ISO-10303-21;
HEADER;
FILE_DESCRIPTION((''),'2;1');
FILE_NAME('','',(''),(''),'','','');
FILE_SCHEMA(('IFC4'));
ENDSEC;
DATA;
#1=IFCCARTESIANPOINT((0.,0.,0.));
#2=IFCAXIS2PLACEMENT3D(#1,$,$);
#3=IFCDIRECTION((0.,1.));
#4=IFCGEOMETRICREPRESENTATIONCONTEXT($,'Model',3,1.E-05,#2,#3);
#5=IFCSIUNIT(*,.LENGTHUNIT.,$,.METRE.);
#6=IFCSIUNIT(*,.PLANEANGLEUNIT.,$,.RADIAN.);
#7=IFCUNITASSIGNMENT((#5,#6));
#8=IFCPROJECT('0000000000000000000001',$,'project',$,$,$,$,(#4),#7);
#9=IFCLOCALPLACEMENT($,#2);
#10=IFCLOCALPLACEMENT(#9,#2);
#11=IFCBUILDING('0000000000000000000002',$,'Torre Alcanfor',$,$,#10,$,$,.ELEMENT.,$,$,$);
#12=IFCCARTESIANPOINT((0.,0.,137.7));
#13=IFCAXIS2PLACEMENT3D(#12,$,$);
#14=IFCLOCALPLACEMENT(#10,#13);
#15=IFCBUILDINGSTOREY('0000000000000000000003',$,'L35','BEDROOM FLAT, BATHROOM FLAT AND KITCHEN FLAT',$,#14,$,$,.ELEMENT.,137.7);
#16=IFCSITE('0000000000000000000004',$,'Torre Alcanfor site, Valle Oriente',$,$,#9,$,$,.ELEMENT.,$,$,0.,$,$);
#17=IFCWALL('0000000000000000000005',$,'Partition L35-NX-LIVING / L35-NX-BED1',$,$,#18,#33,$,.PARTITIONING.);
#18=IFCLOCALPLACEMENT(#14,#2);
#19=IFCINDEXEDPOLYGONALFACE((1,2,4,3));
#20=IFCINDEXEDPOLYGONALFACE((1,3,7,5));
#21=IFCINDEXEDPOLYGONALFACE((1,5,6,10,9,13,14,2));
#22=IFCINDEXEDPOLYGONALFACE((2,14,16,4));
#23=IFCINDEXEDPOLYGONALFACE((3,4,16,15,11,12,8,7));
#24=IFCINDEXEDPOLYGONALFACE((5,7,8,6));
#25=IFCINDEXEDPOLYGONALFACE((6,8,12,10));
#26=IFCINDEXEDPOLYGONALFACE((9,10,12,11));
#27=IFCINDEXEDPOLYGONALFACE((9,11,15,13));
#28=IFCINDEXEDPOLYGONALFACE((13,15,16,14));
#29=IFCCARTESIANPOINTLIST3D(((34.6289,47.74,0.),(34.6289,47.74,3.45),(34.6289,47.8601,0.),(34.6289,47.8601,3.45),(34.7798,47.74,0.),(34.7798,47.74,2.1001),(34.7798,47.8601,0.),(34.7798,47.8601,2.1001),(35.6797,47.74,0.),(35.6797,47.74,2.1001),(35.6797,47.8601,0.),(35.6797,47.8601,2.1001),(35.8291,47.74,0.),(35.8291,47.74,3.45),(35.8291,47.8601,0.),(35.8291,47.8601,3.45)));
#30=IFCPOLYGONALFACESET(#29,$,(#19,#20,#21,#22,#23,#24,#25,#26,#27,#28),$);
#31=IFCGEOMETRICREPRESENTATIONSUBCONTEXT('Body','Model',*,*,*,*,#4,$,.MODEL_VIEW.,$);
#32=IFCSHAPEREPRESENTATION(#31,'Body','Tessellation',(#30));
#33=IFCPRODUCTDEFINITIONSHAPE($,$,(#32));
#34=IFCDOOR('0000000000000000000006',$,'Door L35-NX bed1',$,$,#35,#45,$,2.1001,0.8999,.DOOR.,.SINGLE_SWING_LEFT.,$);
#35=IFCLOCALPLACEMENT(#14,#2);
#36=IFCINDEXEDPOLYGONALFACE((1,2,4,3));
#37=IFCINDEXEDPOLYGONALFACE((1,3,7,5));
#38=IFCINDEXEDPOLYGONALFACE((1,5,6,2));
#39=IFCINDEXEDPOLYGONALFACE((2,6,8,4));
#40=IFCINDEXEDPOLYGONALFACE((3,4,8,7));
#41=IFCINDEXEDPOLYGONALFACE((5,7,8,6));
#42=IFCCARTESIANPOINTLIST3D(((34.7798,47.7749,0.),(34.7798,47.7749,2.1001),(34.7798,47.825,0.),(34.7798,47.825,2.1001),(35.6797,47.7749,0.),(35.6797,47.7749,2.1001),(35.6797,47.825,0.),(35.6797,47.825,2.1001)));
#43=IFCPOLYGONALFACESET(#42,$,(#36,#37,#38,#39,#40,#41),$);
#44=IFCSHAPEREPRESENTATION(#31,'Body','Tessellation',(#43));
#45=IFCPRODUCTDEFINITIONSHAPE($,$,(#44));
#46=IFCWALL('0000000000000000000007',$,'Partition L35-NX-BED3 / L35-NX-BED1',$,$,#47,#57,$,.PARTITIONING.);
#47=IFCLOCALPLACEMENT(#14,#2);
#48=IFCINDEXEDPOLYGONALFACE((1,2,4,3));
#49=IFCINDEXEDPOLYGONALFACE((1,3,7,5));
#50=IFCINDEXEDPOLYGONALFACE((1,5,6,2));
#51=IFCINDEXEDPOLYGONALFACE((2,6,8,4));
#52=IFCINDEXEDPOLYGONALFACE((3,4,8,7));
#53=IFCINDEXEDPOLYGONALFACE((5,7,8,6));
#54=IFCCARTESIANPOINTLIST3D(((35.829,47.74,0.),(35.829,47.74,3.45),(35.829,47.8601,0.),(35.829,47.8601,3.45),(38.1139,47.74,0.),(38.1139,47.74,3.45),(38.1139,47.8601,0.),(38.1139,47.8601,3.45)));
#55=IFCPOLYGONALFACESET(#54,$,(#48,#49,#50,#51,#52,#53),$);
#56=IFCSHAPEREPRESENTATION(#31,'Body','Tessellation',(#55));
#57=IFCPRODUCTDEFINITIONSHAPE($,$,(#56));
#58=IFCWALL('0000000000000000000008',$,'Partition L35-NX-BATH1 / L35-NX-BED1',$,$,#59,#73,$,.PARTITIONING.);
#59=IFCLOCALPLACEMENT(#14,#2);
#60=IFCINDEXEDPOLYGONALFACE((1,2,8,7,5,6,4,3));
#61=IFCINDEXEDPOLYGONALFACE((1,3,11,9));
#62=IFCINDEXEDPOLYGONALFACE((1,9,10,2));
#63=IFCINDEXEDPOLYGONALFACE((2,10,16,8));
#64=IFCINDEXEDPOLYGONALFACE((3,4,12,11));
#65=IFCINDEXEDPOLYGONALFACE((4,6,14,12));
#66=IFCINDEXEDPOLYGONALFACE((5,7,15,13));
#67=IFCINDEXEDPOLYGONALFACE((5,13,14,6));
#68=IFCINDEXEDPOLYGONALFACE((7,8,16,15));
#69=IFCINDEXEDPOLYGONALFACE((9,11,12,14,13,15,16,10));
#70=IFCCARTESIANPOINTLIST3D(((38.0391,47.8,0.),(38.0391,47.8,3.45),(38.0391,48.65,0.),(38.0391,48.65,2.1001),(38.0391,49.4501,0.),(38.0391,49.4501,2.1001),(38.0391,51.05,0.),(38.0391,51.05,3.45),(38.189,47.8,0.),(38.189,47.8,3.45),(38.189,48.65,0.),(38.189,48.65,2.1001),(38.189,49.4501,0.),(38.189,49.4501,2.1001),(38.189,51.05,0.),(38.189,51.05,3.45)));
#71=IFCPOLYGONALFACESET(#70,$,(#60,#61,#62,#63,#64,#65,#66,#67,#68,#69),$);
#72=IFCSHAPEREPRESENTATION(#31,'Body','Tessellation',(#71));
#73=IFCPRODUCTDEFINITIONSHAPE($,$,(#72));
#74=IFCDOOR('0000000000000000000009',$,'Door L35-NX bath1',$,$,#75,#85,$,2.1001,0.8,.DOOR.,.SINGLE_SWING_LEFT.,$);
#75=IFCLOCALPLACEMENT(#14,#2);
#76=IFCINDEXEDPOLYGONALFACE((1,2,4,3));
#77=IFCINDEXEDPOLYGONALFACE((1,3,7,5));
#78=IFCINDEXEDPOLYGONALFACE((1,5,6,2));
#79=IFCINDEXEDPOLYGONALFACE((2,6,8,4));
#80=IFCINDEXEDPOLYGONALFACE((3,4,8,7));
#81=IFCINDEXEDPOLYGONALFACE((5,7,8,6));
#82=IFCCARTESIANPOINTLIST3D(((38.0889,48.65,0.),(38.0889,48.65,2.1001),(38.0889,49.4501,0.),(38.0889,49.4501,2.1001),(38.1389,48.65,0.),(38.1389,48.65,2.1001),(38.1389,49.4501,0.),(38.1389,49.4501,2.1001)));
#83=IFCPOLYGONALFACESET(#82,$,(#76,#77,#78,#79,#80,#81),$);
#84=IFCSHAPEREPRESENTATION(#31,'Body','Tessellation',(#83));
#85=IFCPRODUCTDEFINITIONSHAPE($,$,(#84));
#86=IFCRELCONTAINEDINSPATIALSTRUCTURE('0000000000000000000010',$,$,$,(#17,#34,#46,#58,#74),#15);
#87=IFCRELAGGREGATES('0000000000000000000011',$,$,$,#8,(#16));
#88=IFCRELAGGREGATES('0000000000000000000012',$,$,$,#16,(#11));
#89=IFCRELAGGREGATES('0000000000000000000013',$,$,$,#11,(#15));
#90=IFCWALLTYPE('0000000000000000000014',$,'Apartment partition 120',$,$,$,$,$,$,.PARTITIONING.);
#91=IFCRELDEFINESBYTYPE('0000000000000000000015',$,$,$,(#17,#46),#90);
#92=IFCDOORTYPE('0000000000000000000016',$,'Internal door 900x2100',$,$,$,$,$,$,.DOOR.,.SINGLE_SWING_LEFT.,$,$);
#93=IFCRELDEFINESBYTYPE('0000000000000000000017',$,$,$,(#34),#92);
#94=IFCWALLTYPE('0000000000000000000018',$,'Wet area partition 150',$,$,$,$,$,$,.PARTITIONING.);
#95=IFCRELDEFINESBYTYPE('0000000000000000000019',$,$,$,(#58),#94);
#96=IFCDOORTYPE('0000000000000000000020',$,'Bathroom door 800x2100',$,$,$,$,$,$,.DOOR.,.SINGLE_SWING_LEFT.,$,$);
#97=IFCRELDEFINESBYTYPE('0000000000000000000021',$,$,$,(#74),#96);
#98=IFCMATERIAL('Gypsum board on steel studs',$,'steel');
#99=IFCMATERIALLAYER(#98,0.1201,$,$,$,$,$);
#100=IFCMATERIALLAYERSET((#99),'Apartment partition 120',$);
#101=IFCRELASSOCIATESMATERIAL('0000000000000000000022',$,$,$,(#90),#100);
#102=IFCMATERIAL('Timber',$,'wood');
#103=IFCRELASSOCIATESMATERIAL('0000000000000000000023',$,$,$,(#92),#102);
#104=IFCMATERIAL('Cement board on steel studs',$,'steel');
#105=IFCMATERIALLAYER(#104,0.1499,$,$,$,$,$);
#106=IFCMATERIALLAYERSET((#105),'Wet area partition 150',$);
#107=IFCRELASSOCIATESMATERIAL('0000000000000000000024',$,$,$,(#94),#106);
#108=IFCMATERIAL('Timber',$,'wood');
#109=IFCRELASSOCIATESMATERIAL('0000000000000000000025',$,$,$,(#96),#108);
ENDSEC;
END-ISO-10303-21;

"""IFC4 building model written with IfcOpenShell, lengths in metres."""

from ifc_helpers import new_model, si_unit, direction, frame, frame_2d, origin, place, context, subcontext, project, spatial, rectangle, extrude, material, layer, layer_set, type_object, element, fill, save


model = new_model("IFC4")

# Units and contexts
model_context = context("Model", 3, precision=1e-05, world=origin(), true_north=direction((0.0, 1.0)))
body_context = subcontext(model_context, "Body", "Model", "MODEL_VIEW")
ifc_project = project(units=[si_unit("LENGTHUNIT", "METRE"), si_unit("PLANEANGLEUNIT", "RADIAN")], contexts=[model_context])

# Site, building, storey
site_placement = place(None, origin())
site = spatial("IfcSite", under=ifc_project, at=site_placement, Name="Torre Alcanfor site, Valle Oriente", CompositionType="ELEMENT", RefElevation=0.0)
building_placement = place(site_placement, origin())
building = spatial("IfcBuilding", under=site, at=building_placement, Name="Torre Alcanfor", CompositionType="ELEMENT")
storey_placement = place(building_placement, frame((0.0, 0.0, 137.7)))
storey = spatial("IfcBuildingStorey", under=building, at=storey_placement, Name="L35", Description="BEDROOM FLAT, BATHROOM FLAT AND KITCHEN FLAT", CompositionType="ELEMENT", Elevation=137.7)

# Shared definitions
ifc_material_1 = material(Name="Gypsum board on steel studs", Category="steel")
ifc_layer_1 = layer(ifc_material_1, 0.1201)
ifc_layer_set_1 = layer_set([ifc_layer_1], Name="Apartment partition 120")
wall_type_1 = type_object("IfcWallType", Name="Apartment partition 120", PredefinedType="PARTITIONING", material=ifc_layer_set_1)
ifc_material_2 = material(Name="Timber", Category="wood")
door_type_1 = type_object("IfcDoorType", Name="Internal door 900x2100", OperationType="SINGLE_SWING_LEFT", PredefinedType="DOOR", material=ifc_material_2)

# Wall, opening, door
wall_1_placement = place(storey_placement, frame((34.6289, 47.8, 0.0), z_axis=(0.0, 0.0, 1.0), x_axis=(1.0, 0.0, 0.0)))
wall_1 = element("IfcWall", 1, at=wall_1_placement, inside=storey, type_object=wall_type_1, Name="Partition L35-NX-LIVING / L35-NX-BED1", PredefinedType="PARTITIONING", context=body_context, shape_type="SweptSolid", body=[
    extrude(rectangle(XDim=1.2002, YDim=0.1201, at=frame_2d((0.6001, 0.0))), origin(), (0.0, 0.0, 1.0), 3.45),
])
opening_1_placement = place(wall_1_placement, frame((0.1509, 0.0, 0.0)))
opening_1 = element("IfcOpeningElement", 2, at=opening_1_placement, cuts=wall_1, PredefinedType="OPENING", context=body_context, shape_type="SweptSolid", body=[
    extrude(rectangle(XDim=0.8999, YDim=2.1001, at=frame_2d((0.45, 1.05))), frame((0.0, 0.0701, 0.0), z_axis=(0.0, -1.0, 0.0), x_axis=(1.0, 0.0, 0.0)), (0.0, 0.0, 1.0), 0.1401),
])
door_1_placement = place(opening_1_placement, origin())
door_1 = element("IfcDoor", 3, at=door_1_placement, inside=storey, type_object=door_type_1, Name="Door L35-NX bed1", OperationType="SINGLE_SWING_LEFT", OverallHeight=2.1001, OverallWidth=0.8999, PredefinedType="DOOR", context=body_context, shape_type="SweptSolid", body=[
    extrude(rectangle(XDim=0.8999, YDim=2.1001, at=frame_2d((0.45, 1.05))), frame((0.0, 0.0249, 0.0), z_axis=(0.0, -1.0, 0.0), x_axis=(1.0, 0.0, 0.0)), (0.0, 0.0, 1.0), 0.05),
])
fill(opening_1, door_1)

# Wall
wall_2_placement = place(storey_placement, frame((38.114, 47.8, 0.0), z_axis=(0.0, 0.0, 1.0), x_axis=(-1.0, 0.0, 0.0)))
element("IfcWall", 4, at=wall_2_placement, inside=storey, type_object=wall_type_1, Name="Partition L35-NX-BED3 / L35-NX-BED1", PredefinedType="PARTITIONING", context=body_context, shape_type="SweptSolid", body=[
    extrude(rectangle(XDim=2.2849, YDim=0.1201, at=frame_2d((1.1426, 0.0))), origin(), (0.0, 0.0, 1.0), 3.45),
])

# Wall, opening, door
ifc_material_3 = material(Name="Cement board on steel studs", Category="steel")
ifc_layer_2 = layer(ifc_material_3, 0.1499)
ifc_layer_set_2 = layer_set([ifc_layer_2], Name="Wet area partition 150")
wall_type_2 = type_object("IfcWallType", Name="Wet area partition 150", PredefinedType="PARTITIONING", material=ifc_layer_set_2)
wall_3_placement = place(storey_placement, frame((38.114, 51.05, 0.0), z_axis=(0.0, 0.0, 1.0), x_axis=(0.0, -1.0, 0.0)))
wall_3 = element("IfcWall", 5, at=wall_3_placement, inside=storey, type_object=wall_type_2, Name="Partition L35-NX-BATH1 / L35-NX-BED1", PredefinedType="PARTITIONING", context=body_context, shape_type="SweptSolid", body=[
    extrude(rectangle(XDim=3.25, YDim=0.1499, at=frame_2d((1.625, 0.0))), origin(), (0.0, 0.0, 1.0), 3.45),
])
opening_2_placement = place(wall_3_placement, frame((1.6001, 0.0, 0.0)))
opening_2 = element("IfcOpeningElement", 6, at=opening_2_placement, cuts=wall_3, PredefinedType="OPENING", context=body_context, shape_type="SweptSolid", body=[
    extrude(rectangle(XDim=0.8, YDim=2.1001, at=frame_2d((0.3999, 1.05))), frame((0.0, 0.085, 0.0), z_axis=(0.0, -1.0, 0.0), x_axis=(1.0, 0.0, 0.0)), (0.0, 0.0, 1.0), 0.1699),
])
ifc_material_4 = material(Name="Timber", Category="wood")
door_type_2 = type_object("IfcDoorType", Name="Bathroom door 800x2100", OperationType="SINGLE_SWING_LEFT", PredefinedType="DOOR", material=ifc_material_4)
door_2_placement = place(opening_2_placement, frame((0.8, 0.0, 0.0), z_axis=(0.0, 0.0, 1.0), x_axis=(-1.0, 0.0, 0.0)))
door_2 = element("IfcDoor", 7, at=door_2_placement, inside=storey, type_object=door_type_2, Name="Door L35-NX bath1", OperationType="SINGLE_SWING_LEFT", OverallHeight=2.1001, OverallWidth=0.8, PredefinedType="DOOR", context=body_context, shape_type="SweptSolid", body=[
    extrude(rectangle(XDim=0.8, YDim=2.1001, at=frame_2d((0.4001, 1.05))), frame((0.0, 0.0251, 0.0), z_axis=(0.0, -1.0, 0.0), x_axis=(1.0, 0.0, 0.0)), (0.0, 0.0, 1.0), 0.05),
])
fill(opening_2, door_2)

save(model, "model.ifc")
